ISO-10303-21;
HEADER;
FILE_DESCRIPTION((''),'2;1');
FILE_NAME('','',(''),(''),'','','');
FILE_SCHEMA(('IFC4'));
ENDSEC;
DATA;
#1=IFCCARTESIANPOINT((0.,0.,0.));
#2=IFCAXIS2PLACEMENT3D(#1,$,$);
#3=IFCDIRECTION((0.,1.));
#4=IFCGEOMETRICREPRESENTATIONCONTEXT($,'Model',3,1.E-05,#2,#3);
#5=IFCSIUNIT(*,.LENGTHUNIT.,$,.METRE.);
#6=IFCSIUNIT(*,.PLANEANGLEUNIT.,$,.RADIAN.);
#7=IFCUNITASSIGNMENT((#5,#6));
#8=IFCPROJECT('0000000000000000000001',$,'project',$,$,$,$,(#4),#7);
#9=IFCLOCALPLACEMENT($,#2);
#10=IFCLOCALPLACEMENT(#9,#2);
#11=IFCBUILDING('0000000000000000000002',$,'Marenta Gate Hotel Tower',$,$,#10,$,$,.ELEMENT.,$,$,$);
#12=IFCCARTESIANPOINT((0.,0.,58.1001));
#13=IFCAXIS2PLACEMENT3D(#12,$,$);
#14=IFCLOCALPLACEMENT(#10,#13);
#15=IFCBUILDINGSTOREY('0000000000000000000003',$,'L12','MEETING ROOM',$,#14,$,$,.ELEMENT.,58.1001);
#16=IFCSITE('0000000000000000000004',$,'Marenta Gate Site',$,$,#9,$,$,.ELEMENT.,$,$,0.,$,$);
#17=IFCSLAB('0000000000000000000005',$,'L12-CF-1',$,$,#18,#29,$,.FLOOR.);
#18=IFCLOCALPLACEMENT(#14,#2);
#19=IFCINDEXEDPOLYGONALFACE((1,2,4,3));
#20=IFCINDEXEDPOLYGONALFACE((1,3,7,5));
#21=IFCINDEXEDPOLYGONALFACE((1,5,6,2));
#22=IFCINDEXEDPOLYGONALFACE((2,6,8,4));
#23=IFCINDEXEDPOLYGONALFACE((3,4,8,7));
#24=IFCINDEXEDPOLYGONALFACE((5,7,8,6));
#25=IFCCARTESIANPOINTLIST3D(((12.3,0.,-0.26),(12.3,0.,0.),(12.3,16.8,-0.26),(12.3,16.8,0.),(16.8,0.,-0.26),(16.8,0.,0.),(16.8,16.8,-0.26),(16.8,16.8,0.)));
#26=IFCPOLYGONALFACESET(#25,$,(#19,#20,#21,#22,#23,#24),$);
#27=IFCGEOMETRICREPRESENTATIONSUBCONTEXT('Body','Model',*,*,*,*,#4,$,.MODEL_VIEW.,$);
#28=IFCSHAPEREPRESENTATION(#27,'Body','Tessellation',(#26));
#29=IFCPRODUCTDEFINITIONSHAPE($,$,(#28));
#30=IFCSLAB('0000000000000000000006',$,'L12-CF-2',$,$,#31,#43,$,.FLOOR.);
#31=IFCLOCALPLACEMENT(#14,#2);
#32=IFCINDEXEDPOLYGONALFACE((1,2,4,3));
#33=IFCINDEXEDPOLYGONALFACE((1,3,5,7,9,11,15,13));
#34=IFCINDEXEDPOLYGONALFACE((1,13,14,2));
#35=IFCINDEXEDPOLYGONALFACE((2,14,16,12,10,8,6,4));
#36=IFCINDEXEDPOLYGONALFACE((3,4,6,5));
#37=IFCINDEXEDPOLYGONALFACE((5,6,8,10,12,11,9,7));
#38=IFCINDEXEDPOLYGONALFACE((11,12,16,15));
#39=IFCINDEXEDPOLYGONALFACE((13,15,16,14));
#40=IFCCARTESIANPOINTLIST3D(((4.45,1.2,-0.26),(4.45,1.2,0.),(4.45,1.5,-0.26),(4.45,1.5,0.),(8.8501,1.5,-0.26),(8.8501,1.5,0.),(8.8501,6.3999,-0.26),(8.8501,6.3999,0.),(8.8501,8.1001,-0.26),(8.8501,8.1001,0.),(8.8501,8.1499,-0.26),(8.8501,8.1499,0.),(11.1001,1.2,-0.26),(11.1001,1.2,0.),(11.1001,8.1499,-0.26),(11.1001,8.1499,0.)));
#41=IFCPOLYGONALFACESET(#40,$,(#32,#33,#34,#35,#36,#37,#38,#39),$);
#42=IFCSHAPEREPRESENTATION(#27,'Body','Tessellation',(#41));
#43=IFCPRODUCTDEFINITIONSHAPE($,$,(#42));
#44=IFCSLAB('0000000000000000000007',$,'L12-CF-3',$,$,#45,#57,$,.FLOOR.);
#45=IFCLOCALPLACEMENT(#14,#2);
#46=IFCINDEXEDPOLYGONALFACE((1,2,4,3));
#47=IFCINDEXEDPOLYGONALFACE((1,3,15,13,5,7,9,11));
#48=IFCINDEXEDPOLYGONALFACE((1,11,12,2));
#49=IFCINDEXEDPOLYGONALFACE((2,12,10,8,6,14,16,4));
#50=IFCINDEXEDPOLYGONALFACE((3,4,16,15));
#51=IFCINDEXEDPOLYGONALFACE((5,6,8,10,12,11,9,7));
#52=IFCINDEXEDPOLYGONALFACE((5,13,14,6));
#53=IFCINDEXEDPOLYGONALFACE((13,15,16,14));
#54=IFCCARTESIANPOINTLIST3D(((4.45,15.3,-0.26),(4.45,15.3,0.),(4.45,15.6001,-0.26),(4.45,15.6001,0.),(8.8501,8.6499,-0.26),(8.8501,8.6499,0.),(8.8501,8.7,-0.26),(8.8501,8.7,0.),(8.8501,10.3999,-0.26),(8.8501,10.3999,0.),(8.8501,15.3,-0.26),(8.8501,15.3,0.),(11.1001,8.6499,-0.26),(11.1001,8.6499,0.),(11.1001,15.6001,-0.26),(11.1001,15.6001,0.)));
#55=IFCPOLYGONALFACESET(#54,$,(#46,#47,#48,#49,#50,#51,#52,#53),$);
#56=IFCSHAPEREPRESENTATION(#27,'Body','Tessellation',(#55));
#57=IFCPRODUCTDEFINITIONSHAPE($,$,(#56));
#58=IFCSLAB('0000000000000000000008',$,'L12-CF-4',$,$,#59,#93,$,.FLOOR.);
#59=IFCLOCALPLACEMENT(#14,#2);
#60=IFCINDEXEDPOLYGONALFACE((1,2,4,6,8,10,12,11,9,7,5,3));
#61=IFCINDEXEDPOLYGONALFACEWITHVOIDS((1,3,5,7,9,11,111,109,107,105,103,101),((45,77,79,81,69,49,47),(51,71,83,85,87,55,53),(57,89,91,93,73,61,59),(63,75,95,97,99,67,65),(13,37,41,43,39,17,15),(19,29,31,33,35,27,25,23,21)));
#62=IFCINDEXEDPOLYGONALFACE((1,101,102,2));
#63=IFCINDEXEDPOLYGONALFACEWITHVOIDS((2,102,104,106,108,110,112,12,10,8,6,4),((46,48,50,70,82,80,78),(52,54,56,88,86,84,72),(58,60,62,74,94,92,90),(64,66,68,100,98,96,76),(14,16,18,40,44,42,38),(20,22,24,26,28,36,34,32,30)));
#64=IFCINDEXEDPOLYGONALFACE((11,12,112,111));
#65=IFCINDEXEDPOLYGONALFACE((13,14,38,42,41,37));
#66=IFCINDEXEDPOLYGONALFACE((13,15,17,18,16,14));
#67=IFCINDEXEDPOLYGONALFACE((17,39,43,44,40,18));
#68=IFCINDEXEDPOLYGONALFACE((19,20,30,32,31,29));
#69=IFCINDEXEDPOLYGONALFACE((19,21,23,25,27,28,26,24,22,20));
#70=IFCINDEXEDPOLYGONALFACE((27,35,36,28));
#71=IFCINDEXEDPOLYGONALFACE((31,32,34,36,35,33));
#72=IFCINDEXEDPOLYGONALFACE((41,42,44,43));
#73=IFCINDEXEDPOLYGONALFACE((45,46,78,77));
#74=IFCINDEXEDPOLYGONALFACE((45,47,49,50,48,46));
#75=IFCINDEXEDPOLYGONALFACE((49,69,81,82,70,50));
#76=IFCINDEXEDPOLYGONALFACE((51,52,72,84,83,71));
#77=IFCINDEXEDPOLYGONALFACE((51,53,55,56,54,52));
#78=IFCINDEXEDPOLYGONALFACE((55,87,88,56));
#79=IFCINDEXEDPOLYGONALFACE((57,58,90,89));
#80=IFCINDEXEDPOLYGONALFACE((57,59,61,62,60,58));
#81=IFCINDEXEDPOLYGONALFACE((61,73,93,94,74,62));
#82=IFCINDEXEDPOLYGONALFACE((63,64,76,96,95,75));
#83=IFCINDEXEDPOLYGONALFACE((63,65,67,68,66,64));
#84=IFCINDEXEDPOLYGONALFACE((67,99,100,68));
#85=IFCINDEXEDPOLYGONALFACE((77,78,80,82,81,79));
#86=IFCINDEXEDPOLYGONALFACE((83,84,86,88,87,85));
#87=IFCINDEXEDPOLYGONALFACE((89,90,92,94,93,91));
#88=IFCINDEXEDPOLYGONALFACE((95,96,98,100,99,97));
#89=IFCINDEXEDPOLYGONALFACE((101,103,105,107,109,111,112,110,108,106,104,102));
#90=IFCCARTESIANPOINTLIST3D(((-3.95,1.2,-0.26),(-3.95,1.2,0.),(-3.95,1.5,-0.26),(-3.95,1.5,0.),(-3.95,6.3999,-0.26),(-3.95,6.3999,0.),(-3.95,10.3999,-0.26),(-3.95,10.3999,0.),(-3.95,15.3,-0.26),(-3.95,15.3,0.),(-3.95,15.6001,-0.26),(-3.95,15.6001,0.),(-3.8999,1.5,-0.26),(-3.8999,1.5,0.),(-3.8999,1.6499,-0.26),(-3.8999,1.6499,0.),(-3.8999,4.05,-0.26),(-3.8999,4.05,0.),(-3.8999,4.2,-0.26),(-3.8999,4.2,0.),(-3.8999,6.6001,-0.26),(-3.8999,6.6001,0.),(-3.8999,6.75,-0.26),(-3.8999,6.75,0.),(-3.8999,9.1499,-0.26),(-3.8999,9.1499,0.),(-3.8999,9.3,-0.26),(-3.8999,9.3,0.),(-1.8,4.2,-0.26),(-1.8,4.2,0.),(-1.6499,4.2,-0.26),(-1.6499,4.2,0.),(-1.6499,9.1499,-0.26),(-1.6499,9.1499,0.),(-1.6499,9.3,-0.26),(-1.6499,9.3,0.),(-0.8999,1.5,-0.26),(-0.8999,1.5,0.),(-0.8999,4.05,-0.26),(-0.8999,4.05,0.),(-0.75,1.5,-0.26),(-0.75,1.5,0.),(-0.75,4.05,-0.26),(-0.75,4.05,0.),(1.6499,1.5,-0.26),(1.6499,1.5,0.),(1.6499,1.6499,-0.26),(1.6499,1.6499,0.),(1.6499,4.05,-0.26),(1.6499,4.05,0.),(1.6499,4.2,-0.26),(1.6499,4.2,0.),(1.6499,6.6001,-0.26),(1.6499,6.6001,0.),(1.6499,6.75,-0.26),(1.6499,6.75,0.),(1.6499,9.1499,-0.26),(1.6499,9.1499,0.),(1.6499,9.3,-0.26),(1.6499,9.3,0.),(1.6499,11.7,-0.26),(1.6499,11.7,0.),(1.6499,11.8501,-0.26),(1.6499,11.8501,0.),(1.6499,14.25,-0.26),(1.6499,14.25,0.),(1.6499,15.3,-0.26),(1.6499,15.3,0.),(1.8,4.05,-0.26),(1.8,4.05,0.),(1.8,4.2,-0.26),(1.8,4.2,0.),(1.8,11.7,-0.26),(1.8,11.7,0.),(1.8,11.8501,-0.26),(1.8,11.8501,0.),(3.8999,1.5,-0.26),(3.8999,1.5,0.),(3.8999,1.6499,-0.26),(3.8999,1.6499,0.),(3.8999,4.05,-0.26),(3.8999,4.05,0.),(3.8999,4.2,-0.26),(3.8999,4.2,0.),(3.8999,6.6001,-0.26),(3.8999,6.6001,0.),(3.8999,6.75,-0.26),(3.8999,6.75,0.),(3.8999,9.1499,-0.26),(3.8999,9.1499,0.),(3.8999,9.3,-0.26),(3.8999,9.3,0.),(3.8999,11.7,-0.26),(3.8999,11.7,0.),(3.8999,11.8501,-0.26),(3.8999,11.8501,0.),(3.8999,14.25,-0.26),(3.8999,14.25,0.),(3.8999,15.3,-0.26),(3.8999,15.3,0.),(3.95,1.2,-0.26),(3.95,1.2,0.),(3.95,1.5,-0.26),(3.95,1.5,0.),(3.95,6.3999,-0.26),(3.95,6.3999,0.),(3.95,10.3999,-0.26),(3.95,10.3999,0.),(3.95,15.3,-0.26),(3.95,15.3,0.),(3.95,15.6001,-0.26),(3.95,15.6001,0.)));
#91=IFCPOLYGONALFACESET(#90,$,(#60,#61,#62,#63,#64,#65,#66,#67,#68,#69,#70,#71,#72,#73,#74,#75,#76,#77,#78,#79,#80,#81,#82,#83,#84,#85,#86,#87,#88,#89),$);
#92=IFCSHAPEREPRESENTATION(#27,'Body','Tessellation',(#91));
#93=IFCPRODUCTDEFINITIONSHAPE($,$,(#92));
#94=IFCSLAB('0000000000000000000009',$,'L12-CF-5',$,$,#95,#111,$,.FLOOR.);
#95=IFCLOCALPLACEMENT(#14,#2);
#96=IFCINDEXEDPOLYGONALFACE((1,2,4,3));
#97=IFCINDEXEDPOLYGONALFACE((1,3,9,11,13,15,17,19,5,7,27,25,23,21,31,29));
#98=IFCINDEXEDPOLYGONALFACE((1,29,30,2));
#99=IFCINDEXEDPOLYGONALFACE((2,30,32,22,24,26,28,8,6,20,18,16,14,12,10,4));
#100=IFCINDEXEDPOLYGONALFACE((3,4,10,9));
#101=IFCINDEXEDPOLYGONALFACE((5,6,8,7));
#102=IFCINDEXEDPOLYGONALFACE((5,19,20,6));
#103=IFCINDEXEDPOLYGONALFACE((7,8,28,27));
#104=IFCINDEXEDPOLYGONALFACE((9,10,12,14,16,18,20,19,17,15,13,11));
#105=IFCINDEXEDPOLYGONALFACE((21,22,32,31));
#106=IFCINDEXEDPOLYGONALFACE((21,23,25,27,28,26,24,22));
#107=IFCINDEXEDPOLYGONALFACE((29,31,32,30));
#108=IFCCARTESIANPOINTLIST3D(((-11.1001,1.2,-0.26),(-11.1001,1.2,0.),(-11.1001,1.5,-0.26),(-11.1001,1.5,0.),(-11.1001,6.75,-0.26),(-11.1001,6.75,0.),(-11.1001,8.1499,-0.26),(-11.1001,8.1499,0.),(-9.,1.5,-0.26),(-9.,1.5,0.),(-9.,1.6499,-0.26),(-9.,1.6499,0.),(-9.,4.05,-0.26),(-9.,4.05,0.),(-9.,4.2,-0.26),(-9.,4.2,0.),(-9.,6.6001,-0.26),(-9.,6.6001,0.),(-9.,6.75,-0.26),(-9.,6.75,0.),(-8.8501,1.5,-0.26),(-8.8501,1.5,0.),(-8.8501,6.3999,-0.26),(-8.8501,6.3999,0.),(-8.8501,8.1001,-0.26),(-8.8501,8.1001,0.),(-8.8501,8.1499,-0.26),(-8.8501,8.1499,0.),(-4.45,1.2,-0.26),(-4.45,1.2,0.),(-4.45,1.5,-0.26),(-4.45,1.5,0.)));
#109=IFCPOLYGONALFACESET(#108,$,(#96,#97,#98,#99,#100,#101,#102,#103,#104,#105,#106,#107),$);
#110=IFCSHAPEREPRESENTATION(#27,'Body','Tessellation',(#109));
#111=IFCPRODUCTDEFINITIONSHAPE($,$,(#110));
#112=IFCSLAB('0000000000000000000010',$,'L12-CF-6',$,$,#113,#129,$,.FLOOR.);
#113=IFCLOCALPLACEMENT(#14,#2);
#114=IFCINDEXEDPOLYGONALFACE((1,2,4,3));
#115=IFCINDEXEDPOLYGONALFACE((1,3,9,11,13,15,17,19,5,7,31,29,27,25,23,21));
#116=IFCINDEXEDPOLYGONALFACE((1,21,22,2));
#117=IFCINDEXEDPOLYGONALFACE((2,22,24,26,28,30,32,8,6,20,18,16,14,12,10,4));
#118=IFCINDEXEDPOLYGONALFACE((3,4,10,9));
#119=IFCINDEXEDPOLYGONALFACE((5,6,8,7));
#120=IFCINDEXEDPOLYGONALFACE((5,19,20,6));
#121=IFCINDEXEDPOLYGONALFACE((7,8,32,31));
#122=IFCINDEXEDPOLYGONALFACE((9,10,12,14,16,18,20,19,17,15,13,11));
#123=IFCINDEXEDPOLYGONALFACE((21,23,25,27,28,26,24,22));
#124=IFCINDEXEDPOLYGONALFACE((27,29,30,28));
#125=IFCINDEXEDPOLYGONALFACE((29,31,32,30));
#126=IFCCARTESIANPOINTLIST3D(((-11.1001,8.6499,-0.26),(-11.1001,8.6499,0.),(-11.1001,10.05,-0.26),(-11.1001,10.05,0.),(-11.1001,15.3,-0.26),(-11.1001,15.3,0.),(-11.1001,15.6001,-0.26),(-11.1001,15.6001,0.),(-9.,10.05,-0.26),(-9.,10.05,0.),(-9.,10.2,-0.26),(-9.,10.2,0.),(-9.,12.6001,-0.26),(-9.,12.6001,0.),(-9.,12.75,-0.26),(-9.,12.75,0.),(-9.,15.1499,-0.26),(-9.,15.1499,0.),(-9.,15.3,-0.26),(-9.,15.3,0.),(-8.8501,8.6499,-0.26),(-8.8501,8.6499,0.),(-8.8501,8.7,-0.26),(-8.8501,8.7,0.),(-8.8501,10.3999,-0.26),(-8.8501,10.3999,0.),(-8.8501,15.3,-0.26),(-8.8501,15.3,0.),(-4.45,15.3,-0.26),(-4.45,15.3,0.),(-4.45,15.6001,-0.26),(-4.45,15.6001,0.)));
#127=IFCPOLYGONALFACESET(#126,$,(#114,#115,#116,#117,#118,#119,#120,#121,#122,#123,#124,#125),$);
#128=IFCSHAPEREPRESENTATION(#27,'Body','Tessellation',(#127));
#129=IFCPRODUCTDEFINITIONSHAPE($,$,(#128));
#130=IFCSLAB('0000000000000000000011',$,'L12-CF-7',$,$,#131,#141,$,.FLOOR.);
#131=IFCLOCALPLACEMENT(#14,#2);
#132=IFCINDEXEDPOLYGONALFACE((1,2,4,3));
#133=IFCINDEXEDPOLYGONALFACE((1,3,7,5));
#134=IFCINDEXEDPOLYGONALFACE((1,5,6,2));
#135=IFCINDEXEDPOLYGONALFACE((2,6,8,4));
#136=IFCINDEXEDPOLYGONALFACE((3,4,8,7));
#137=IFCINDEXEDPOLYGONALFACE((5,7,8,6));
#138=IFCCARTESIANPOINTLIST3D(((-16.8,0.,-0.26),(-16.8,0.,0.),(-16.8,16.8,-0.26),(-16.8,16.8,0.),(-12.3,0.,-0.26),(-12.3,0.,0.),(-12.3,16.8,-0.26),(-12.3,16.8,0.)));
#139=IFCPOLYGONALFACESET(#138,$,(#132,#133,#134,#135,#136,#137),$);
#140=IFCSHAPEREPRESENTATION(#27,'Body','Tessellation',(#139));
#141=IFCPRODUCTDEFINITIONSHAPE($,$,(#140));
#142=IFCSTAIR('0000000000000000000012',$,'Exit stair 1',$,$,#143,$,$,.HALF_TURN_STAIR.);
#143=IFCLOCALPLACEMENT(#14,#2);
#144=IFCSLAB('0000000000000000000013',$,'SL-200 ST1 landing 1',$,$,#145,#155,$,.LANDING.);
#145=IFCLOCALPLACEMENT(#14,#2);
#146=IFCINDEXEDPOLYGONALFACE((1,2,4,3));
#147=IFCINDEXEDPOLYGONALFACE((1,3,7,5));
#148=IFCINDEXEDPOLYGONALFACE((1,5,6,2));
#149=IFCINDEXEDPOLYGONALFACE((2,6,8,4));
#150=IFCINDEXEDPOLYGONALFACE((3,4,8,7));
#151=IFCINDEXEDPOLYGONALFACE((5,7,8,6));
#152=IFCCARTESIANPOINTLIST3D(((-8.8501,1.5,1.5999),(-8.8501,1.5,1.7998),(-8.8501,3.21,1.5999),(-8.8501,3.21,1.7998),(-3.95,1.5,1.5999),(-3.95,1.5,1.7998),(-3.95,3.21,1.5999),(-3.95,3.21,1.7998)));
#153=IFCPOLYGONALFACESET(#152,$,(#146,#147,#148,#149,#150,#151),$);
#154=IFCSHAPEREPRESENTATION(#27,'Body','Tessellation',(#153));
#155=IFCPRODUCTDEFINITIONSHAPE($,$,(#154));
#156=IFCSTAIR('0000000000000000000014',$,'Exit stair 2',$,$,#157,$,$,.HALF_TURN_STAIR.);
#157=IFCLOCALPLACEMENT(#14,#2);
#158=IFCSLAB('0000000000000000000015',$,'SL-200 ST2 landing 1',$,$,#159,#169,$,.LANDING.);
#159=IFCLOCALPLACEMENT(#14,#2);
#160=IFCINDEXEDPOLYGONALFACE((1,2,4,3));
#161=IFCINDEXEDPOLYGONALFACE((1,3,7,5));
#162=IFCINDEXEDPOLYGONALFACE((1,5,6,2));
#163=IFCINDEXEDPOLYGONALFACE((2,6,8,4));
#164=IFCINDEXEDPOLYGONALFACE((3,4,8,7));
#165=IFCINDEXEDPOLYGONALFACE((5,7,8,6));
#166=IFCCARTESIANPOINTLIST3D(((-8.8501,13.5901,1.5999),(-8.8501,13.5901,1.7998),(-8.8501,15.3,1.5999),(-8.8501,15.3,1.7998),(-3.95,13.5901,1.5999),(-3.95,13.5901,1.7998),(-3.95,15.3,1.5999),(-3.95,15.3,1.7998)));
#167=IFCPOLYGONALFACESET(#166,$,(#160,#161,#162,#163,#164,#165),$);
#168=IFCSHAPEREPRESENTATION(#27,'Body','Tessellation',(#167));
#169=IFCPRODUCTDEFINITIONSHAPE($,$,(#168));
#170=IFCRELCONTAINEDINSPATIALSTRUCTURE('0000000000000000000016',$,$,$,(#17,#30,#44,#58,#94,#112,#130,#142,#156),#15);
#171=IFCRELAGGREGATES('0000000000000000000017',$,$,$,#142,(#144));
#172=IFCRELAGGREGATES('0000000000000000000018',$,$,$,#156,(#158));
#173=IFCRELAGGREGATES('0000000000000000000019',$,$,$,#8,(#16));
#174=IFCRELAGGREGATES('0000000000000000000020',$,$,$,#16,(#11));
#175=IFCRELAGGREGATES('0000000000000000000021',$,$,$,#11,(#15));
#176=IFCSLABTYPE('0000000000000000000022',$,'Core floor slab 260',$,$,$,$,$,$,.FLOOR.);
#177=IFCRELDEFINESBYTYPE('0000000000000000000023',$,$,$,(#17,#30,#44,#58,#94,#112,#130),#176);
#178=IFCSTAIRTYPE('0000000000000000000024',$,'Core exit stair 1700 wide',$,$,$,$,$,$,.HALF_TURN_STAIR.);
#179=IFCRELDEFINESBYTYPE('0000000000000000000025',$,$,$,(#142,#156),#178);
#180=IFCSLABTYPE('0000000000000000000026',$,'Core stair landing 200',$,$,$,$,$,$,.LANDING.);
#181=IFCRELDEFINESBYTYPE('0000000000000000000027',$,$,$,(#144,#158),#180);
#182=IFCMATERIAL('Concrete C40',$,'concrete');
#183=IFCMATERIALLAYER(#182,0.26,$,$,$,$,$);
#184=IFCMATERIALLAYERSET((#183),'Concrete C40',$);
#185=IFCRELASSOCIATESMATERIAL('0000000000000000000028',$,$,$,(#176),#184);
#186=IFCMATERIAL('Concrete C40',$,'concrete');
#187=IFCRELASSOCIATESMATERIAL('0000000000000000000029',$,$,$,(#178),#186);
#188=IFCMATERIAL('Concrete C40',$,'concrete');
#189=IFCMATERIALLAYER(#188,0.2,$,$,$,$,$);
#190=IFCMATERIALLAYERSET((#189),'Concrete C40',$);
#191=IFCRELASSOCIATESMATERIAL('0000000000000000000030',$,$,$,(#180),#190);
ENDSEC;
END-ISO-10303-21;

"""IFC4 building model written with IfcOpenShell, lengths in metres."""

from ifc_helpers import new_model, si_unit, direction, frame, origin, place, context, subcontext, project, spatial, polyline, outline, extrude, material, layer, layer_set, type_object, element, aggregate, save


model = new_model("IFC4")

# Units and contexts
model_context = context("Model", 3, precision=1e-05, world=origin(), true_north=direction((0.0, 1.0)))
body_context = subcontext(model_context, "Body", "Model", "MODEL_VIEW")
ifc_project = project(units=[si_unit("LENGTHUNIT", "METRE"), si_unit("PLANEANGLEUNIT", "RADIAN")], contexts=[model_context])

# Site, building, storey
site_placement = place(None, origin())
site = spatial("IfcSite", under=ifc_project, at=site_placement, Name="Marenta Gate Site", CompositionType="ELEMENT", RefElevation=0.0)
building_placement = place(site_placement, origin())
building = spatial("IfcBuilding", under=site, at=building_placement, Name="Marenta Gate Hotel Tower", CompositionType="ELEMENT")
storey_placement = place(building_placement, frame((0.0, 0.0, 58.1001)))
storey = spatial("IfcBuildingStorey", under=building, at=storey_placement, Name="L12", Description="MEETING ROOM", CompositionType="ELEMENT", Elevation=58.1001)

# Slabs
ifc_material_1 = material(Name="Concrete C40", Category="concrete")
ifc_layer_1 = layer(ifc_material_1, 0.26)
ifc_layer_set_1 = layer_set([ifc_layer_1], Name="Concrete C40")
slab_type_1 = type_object("IfcSlabType", Name="Core floor slab 260", PredefinedType="FLOOR", material=ifc_layer_set_1)
slab_1_placement = place(storey_placement, frame((0.0, 0.0, -0.26)))
element("IfcSlab", 1, at=slab_1_placement, inside=storey, type_object=slab_type_1, Name="L12-CF-1", PredefinedType="FLOOR", context=body_context, shape_type="SweptSolid", body=[
    extrude(outline(polyline([(12.3, 0.0), (12.3, 16.8), (16.8, 16.8), (16.8, 0.0), (12.3, 0.0)])), origin(), (0.0, 0.0, 1.0), 0.26),
])
slab_2_placement = place(storey_placement, frame((0.0, 0.0, -0.26)))
element("IfcSlab", 2, at=slab_2_placement, inside=storey, type_object=slab_type_1, Name="L12-CF-2", PredefinedType="FLOOR", context=body_context, shape_type="SweptSolid", body=[
    extrude(outline(polyline([(8.8501, 1.5), (8.8501, 6.3999), (8.8501, 8.1001), (8.8501, 8.1499), (11.1001, 8.1499), (11.1001, 1.2), (4.45, 1.2), (4.45, 1.5), (8.8501, 1.5)])), origin(), (0.0, 0.0, 1.0), 0.26),
])
slab_3_placement = place(storey_placement, frame((0.0, 0.0, -0.26)))
element("IfcSlab", 3, at=slab_3_placement, inside=storey, type_object=slab_type_1, Name="L12-CF-3", PredefinedType="FLOOR", context=body_context, shape_type="SweptSolid", body=[
    extrude(outline(polyline([(8.8501, 15.3), (4.45, 15.3), (4.45, 15.6001), (11.1001, 15.6001), (11.1001, 8.6499), (8.8501, 8.6499), (8.8501, 8.7), (8.8501, 10.3999), (8.8501, 15.3)])), origin(), (0.0, 0.0, 1.0), 0.26),
])
slab_4_placement = place(storey_placement, frame((0.0, 0.0, -0.26)))
element("IfcSlab", 4, at=slab_4_placement, inside=storey, type_object=slab_type_1, Name="L12-CF-4", PredefinedType="FLOOR", context=body_context, shape_type="SweptSolid", body=[
    extrude(outline(polyline([(3.95, 15.3), (3.95, 10.3999), (3.95, 6.3999), (3.95, 1.5), (3.95, 1.2), (-3.95, 1.2), (-3.95, 1.5), (-3.95, 6.3999), (-3.95, 10.3999), (-3.95, 15.3), (-3.95, 15.6001), (3.95, 15.6001), (3.95, 15.3)]), holes=[polyline([(1.6499, 4.05), (1.6499, 1.6499), (1.6499, 1.5), (3.8999, 1.5), (3.8999, 1.6499), (3.8999, 4.05), (1.8, 4.05), (1.6499, 4.05)]), polyline([(1.6499, 9.1499), (3.8999, 9.1499), (3.8999, 9.3), (3.8999, 11.7), (1.8, 11.7), (1.6499, 11.7), (1.6499, 9.3), (1.6499, 9.1499)]), polyline([(1.6499, 11.8501), (1.8, 11.8501), (3.8999, 11.8501), (3.8999, 14.25), (3.8999, 15.3), (1.6499, 15.3), (1.6499, 14.25), (1.6499, 11.8501)]), polyline([(3.8999, 6.6001), (3.8999, 6.75), (1.6499, 6.75), (1.6499, 6.6001), (1.6499, 4.2), (1.8, 4.2), (3.8999, 4.2), (3.8999, 6.6001)]), polyline([(-3.8999, 1.5), (-0.8999, 1.5), (-0.75, 1.5), (-0.75, 4.05), (-0.8999, 4.05), (-3.8999, 4.05), (-3.8999, 1.6499), (-3.8999, 1.5)]), polyline([(-1.6499, 4.2), (-1.6499, 9.1499), (-1.6499, 9.3), (-3.8999, 9.3), (-3.8999, 9.1499), (-3.8999, 6.75), (-3.8999, 6.6001), (-3.8999, 4.2), (-1.8, 4.2), (-1.6499, 4.2)])]), origin(), (0.0, 0.0, 1.0), 0.26),
])
slab_5_placement = place(storey_placement, frame((0.0, 0.0, -0.26)))
element("IfcSlab", 5, at=slab_5_placement, inside=storey, type_object=slab_type_1, Name="L12-CF-5", PredefinedType="FLOOR", context=body_context, shape_type="SweptSolid", body=[
    extrude(outline(polyline([(-9.0, 1.5), (-9.0, 1.6499), (-9.0, 4.05), (-9.0, 4.2), (-9.0, 6.6001), (-9.0, 6.75), (-11.1001, 6.75), (-11.1001, 8.1499), (-8.8501, 8.1499), (-8.8501, 8.1001), (-8.8501, 6.3999), (-8.8501, 1.5), (-4.45, 1.5), (-4.45, 1.2), (-11.1001, 1.2), (-11.1001, 1.5), (-9.0, 1.5)])), origin(), (0.0, 0.0, 1.0), 0.26),
])
slab_6_placement = place(storey_placement, frame((0.0, 0.0, -0.26)))
element("IfcSlab", 6, at=slab_6_placement, inside=storey, type_object=slab_type_1, Name="L12-CF-6", PredefinedType="FLOOR", context=body_context, shape_type="SweptSolid", body=[
    extrude(outline(polyline([(-4.45, 15.3), (-8.8501, 15.3), (-8.8501, 10.3999), (-8.8501, 8.7), (-8.8501, 8.6499), (-11.1001, 8.6499), (-11.1001, 10.05), (-9.0, 10.05), (-9.0, 10.2), (-9.0, 12.6001), (-9.0, 12.75), (-9.0, 15.1499), (-9.0, 15.3), (-11.1001, 15.3), (-11.1001, 15.6001), (-4.45, 15.6001), (-4.45, 15.3)])), origin(), (0.0, 0.0, 1.0), 0.26),
])
slab_7_placement = place(storey_placement, frame((0.0, 0.0, -0.26)))
element("IfcSlab", 7, at=slab_7_placement, inside=storey, type_object=slab_type_1, Name="L12-CF-7", PredefinedType="FLOOR", context=body_context, shape_type="SweptSolid", body=[
    extrude(outline(polyline([(-12.3, 16.8), (-12.3, 0.0), (-16.8, 0.0), (-16.8, 16.8), (-12.3, 16.8)])), origin(), (0.0, 0.0, 1.0), 0.26),
])

# Stairs, slabs
ifc_material_2 = material(Name="Concrete C40", Category="concrete")
stair_type = type_object("IfcStairType", Name="Core exit stair 1700 wide", PredefinedType="HALF_TURN_STAIR", material=ifc_material_2)
stair_1_placement = place(storey_placement, origin())
stair_1 = element("IfcStair", 8, at=stair_1_placement, inside=storey, type_object=stair_type, Name="Exit stair 1", PredefinedType="HALF_TURN_STAIR")
ifc_material_3 = material(Name="Concrete C40", Category="concrete")
ifc_layer_2 = layer(ifc_material_3, 0.2)
ifc_layer_set_2 = layer_set([ifc_layer_2], Name="Concrete C40")
slab_type_2 = type_object("IfcSlabType", Name="Core stair landing 200", PredefinedType="LANDING", material=ifc_layer_set_2)
slab_8_placement = place(storey_placement, frame((0.0, 0.0, 1.5999)))
slab_8 = element("IfcSlab", 9, at=slab_8_placement, type_object=slab_type_2, Name="SL-200 ST1 landing 1", PredefinedType="LANDING", context=body_context, shape_type="SweptSolid", body=[
    extrude(outline(polyline([(-8.8501, 1.5), (-3.95, 1.5), (-3.95, 3.21), (-8.8501, 3.21), (-8.8501, 1.5)])), origin(), (0.0, 0.0, 1.0), 0.2),
])
aggregate(stair_1, [slab_8])
stair_2_placement = place(storey_placement, origin())
stair_2 = element("IfcStair", 10, at=stair_2_placement, inside=storey, type_object=stair_type, Name="Exit stair 2", PredefinedType="HALF_TURN_STAIR")
slab_9_placement = place(storey_placement, frame((0.0, 0.0, 1.5999)))
slab_9 = element("IfcSlab", 11, at=slab_9_placement, type_object=slab_type_2, Name="SL-200 ST2 landing 1", PredefinedType="LANDING", context=body_context, shape_type="SweptSolid", body=[
    extrude(outline(polyline([(-8.8501, 13.5901), (-3.95, 13.5901), (-3.95, 15.3), (-8.8501, 15.3), (-8.8501, 13.5901)])), origin(), (0.0, 0.0, 1.0), 0.2),
])
aggregate(stair_2, [slab_9])

save(model, "model.ifc")
